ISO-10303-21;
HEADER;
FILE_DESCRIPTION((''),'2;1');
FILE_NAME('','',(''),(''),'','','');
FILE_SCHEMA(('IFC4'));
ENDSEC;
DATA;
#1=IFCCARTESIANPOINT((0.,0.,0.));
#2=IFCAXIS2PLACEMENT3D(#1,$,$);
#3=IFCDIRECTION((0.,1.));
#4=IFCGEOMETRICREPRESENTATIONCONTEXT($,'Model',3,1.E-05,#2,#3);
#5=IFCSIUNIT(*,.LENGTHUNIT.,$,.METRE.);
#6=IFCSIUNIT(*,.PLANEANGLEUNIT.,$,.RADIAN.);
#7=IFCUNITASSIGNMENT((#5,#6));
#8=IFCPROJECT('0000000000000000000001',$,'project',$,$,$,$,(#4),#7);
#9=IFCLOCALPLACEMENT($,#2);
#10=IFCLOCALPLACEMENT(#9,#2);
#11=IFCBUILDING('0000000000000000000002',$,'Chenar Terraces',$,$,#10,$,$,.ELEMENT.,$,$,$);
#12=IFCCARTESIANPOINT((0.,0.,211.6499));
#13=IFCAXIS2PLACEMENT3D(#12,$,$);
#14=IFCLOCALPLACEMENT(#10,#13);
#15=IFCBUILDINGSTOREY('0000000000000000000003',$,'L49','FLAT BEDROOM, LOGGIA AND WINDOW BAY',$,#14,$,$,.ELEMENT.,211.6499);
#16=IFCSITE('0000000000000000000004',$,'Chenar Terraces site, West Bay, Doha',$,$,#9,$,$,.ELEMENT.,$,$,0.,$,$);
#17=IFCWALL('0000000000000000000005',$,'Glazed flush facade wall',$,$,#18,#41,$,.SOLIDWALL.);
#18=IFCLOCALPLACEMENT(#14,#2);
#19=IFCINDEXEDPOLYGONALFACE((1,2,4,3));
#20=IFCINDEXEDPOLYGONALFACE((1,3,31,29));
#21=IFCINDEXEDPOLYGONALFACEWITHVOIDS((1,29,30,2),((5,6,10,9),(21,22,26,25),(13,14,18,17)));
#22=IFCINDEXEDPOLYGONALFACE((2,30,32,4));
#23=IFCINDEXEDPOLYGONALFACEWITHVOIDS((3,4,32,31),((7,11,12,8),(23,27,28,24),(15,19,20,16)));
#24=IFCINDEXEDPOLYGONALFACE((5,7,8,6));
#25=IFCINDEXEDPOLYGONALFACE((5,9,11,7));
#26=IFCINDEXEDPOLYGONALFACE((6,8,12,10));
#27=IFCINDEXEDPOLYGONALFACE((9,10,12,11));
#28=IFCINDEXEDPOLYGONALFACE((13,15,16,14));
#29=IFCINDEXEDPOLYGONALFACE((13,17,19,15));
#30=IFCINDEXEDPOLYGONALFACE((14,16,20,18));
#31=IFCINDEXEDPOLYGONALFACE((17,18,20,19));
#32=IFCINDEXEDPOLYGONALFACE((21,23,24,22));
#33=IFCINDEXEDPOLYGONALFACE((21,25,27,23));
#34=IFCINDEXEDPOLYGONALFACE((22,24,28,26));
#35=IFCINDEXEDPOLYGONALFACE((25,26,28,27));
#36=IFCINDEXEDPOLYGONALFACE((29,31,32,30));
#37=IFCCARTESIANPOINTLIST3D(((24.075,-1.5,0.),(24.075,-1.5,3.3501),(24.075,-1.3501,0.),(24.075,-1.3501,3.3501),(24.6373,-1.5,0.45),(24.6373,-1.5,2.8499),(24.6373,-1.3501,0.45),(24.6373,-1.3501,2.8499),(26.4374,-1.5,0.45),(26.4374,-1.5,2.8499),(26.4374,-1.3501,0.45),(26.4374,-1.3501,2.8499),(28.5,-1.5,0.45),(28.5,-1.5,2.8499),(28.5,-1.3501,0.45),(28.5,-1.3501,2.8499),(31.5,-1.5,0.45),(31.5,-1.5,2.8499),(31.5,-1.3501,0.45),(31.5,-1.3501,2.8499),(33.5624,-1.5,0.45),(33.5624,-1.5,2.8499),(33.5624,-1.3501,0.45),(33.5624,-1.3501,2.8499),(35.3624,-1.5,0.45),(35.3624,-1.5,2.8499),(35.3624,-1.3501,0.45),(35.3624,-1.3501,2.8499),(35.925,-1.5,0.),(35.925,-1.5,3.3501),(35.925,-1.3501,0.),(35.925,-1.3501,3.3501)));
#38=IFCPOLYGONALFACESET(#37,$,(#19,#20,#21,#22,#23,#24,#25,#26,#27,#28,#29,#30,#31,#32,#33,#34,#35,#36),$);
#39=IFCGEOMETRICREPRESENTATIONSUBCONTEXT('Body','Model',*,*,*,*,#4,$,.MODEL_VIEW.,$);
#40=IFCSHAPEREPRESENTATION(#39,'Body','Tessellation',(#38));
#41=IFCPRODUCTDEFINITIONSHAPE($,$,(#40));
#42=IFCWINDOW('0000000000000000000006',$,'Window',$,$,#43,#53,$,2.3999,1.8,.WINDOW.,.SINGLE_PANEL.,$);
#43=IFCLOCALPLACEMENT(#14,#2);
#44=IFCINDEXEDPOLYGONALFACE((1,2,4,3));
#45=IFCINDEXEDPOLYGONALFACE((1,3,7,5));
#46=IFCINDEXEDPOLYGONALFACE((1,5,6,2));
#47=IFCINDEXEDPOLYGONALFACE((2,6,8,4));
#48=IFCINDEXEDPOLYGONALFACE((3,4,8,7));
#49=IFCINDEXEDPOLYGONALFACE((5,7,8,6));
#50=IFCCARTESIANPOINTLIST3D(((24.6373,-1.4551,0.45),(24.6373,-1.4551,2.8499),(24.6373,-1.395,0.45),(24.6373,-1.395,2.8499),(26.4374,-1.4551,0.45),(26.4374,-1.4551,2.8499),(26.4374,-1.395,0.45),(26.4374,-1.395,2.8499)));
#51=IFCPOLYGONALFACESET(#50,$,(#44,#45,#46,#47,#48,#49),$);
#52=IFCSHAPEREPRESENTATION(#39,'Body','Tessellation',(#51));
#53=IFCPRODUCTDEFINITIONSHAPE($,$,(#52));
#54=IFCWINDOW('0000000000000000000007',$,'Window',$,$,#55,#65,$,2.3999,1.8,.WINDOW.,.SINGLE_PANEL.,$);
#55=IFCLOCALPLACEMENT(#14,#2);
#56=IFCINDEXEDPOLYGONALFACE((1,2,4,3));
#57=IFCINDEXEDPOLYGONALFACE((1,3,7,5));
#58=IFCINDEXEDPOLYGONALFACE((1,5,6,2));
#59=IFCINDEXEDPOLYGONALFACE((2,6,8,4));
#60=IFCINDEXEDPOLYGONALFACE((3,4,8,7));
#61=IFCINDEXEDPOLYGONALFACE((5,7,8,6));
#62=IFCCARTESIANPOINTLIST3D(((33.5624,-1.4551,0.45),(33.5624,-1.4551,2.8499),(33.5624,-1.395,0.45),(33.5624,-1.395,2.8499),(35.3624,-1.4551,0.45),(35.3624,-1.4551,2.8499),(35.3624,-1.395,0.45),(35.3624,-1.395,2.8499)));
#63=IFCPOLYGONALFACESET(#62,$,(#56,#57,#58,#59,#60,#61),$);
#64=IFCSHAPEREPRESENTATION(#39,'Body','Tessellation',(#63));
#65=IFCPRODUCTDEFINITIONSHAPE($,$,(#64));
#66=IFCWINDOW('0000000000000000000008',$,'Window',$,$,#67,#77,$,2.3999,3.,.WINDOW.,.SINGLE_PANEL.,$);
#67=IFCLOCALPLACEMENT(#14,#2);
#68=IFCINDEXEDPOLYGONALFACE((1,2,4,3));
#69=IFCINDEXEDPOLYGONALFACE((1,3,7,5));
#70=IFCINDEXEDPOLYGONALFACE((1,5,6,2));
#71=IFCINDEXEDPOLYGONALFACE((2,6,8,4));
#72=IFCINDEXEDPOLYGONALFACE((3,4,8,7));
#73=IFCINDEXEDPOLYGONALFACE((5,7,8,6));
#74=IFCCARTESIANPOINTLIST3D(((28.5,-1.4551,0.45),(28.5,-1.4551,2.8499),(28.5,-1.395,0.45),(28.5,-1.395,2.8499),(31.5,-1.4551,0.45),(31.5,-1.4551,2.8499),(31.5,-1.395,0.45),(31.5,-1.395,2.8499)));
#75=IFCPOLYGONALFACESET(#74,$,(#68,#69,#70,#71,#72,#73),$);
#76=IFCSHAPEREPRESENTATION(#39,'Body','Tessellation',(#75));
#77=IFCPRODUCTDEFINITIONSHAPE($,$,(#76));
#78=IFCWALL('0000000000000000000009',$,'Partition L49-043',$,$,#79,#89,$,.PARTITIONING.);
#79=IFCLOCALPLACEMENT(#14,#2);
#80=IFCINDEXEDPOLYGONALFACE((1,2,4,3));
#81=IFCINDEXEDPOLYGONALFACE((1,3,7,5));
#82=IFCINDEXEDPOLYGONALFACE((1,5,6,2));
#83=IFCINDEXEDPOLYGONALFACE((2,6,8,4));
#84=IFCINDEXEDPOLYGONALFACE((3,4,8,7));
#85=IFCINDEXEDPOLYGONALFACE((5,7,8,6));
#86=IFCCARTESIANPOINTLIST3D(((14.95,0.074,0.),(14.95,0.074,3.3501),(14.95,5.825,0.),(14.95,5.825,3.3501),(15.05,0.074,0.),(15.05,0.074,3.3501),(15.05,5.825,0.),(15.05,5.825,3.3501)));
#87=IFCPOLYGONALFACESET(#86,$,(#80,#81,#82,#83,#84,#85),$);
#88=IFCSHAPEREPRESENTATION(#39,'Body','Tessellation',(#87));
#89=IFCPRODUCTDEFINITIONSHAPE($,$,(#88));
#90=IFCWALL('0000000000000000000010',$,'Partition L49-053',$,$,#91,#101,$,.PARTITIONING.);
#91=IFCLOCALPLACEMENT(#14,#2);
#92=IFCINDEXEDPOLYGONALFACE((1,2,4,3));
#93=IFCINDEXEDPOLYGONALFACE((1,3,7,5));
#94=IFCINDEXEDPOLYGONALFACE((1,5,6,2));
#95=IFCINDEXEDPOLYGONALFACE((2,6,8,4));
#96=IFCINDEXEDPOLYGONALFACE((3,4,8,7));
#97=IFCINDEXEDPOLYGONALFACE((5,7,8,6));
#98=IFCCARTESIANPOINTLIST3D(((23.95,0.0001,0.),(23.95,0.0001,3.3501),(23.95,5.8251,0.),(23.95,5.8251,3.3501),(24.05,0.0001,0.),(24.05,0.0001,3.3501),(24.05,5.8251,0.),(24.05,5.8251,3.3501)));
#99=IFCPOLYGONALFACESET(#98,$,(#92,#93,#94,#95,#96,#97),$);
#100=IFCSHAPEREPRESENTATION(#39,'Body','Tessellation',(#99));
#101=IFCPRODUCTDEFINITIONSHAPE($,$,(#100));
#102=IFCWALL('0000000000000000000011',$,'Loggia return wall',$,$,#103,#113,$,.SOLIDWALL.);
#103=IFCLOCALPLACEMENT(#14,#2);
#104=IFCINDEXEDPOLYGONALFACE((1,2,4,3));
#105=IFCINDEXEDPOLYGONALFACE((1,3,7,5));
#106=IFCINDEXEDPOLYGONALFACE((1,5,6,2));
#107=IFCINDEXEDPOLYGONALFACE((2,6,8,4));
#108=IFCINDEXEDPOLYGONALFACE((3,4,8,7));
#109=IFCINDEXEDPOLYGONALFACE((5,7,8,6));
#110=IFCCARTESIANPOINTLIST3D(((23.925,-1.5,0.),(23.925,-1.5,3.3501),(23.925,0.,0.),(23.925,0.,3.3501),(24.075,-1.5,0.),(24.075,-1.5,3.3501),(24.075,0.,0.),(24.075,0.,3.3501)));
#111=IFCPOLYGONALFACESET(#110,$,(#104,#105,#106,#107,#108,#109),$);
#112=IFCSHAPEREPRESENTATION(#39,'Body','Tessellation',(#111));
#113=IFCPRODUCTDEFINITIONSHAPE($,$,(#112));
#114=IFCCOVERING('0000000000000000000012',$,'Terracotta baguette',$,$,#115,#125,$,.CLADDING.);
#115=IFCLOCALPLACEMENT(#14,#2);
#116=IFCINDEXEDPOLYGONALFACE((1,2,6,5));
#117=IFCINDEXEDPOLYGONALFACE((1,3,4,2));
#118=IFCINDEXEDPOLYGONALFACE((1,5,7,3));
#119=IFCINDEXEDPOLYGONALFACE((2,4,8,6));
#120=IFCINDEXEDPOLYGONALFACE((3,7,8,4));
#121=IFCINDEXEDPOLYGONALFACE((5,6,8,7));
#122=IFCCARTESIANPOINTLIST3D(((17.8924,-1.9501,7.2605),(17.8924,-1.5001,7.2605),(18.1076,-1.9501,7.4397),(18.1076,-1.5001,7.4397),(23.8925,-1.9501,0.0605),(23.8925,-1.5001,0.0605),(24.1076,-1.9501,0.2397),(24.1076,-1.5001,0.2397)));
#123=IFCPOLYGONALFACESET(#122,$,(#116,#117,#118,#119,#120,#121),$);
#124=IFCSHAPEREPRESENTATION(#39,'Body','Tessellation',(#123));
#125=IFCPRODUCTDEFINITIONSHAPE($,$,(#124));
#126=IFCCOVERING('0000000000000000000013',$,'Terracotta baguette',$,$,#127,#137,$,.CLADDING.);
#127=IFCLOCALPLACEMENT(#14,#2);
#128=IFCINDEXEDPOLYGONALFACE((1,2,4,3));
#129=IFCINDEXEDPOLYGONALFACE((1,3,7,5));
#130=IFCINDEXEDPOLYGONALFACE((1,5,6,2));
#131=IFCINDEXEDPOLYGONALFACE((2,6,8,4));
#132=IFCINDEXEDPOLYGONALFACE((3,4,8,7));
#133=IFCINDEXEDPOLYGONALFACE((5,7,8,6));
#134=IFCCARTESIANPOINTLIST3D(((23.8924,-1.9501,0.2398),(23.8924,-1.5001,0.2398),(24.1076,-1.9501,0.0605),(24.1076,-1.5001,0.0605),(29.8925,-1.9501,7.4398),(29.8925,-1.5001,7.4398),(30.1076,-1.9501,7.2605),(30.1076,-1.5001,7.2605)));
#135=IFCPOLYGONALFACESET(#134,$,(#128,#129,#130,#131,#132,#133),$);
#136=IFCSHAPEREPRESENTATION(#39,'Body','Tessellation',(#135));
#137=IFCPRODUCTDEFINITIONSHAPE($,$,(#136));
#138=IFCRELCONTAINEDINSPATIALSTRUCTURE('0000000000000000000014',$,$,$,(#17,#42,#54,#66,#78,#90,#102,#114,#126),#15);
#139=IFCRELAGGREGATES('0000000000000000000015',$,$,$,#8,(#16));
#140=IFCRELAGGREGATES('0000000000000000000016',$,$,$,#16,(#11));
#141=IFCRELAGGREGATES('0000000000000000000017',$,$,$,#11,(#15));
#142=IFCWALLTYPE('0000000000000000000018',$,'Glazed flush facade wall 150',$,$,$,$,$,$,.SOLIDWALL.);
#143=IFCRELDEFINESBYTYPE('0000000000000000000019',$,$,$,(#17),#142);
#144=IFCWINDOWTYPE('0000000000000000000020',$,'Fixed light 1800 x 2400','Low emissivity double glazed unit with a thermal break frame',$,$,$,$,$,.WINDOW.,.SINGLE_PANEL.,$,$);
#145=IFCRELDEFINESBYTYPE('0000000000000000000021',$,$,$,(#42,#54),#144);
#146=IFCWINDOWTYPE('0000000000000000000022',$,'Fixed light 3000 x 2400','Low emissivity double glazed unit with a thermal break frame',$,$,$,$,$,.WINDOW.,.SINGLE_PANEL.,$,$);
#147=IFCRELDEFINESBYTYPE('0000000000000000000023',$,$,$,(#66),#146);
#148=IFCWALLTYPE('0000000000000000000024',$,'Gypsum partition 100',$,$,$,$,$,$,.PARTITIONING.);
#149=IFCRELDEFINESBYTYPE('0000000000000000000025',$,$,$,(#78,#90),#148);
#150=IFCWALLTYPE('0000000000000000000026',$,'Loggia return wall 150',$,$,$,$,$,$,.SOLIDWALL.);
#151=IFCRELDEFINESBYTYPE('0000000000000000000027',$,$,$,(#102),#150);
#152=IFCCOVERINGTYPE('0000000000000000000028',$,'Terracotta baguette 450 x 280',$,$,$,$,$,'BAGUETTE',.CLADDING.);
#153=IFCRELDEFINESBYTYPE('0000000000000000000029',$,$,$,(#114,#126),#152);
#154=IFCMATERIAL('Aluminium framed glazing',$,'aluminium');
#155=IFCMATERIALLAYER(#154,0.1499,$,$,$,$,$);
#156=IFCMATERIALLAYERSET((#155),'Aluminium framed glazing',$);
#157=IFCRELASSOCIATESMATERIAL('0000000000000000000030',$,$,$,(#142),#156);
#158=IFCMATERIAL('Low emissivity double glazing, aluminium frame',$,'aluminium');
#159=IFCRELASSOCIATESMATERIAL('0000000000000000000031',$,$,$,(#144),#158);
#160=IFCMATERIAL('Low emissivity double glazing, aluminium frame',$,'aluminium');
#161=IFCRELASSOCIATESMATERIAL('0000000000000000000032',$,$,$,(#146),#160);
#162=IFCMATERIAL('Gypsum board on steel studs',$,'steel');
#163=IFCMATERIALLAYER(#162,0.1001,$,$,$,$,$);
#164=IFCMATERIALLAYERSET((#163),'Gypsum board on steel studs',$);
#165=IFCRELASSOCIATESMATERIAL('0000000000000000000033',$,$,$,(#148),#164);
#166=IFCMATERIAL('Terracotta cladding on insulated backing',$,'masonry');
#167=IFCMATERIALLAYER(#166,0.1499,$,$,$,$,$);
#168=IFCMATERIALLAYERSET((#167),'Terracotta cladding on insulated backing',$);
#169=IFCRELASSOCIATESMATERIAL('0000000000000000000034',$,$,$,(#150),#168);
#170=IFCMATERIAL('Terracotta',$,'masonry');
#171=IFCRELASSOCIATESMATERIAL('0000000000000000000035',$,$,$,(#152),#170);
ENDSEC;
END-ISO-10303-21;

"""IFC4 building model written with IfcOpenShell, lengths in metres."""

from ifc_helpers import new_model, si_unit, direction, frame, frame_2d, origin, origin_2d, place, context, subcontext, project, spatial, rectangle, extrude, material, layer, layer_set, material_profile, profile_set, type_object, element, fill, save


model = new_model("IFC4")

# Units and contexts
model_context = context("Model", 3, precision=1e-05, world=origin(), true_north=direction((0.0, 1.0)))
body_context = subcontext(model_context, "Body", "Model", "MODEL_VIEW")
ifc_project = project(units=[si_unit("LENGTHUNIT", "METRE"), si_unit("PLANEANGLEUNIT", "RADIAN")], contexts=[model_context])

# Site, building, storey
site_placement = place(None, origin())
site = spatial("IfcSite", under=ifc_project, at=site_placement, Name="Chenar Terraces site, West Bay, Doha", CompositionType="ELEMENT", RefElevation=0.0)
building_placement = place(site_placement, origin())
building = spatial("IfcBuilding", under=site, at=building_placement, Name="Chenar Terraces", CompositionType="ELEMENT")
storey_placement = place(building_placement, frame((0.0, 0.0, 211.6499)))
storey = spatial("IfcBuildingStorey", under=building, at=storey_placement, Name="L49", Description="FLAT BEDROOM, LOGGIA AND WINDOW BAY", CompositionType="ELEMENT", Elevation=211.6499)

# Wall, openings, windows
ifc_material_1 = material(Name="Aluminium framed glazing", Category="aluminium")
ifc_layer_1 = layer(ifc_material_1, 0.1499)
ifc_layer_set_1 = layer_set([ifc_layer_1], Name="Aluminium framed glazing")
wall_type_1 = type_object("IfcWallType", Name="Glazed flush facade wall 150", PredefinedType="SOLIDWALL", material=ifc_layer_set_1)
wall_1_placement = place(storey_placement, frame((24.075, -1.425, 0.0), z_axis=(0.0, 0.0, 1.0), x_axis=(1.0, 0.0, 0.0)))
wall_1 = element("IfcWall", 1, at=wall_1_placement, inside=storey, type_object=wall_type_1, Name="Glazed flush facade wall", PredefinedType="SOLIDWALL", context=body_context, shape_type="SweptSolid", body=[
    extrude(rectangle(XDim=11.8501, YDim=0.1499, at=frame_2d((5.925, 0.0))), origin(), (0.0, 0.0, 1.0), 3.3501),
])
opening_1_placement = place(wall_1_placement, frame((0.5625, 0.0, 0.45)))
opening_1 = element("IfcOpeningElement", 2, at=opening_1_placement, cuts=wall_1, PredefinedType="OPENING", context=body_context, shape_type="SweptSolid", body=[
    extrude(rectangle(XDim=1.8, YDim=2.3999, at=frame_2d((0.8999, 1.2))), frame((0.0, 0.085, 0.0), z_axis=(0.0, -1.0, 0.0), x_axis=(1.0, 0.0, 0.0)), (0.0, 0.0, 1.0), 0.1699),
])
opening_2_placement = place(wall_1_placement, frame((4.425, 0.0, 0.45)))
opening_2 = element("IfcOpeningElement", 3, at=opening_2_placement, cuts=wall_1, PredefinedType="OPENING", context=body_context, shape_type="SweptSolid", body=[
    extrude(rectangle(XDim=3.0, YDim=2.3999, at=frame_2d((1.5, 1.2))), frame((0.0, 0.085, 0.0), z_axis=(0.0, -1.0, 0.0), x_axis=(1.0, 0.0, 0.0)), (0.0, 0.0, 1.0), 0.1699),
])
opening_3_placement = place(wall_1_placement, frame((9.4875, 0.0, 0.45)))
opening_3 = element("IfcOpeningElement", 4, at=opening_3_placement, cuts=wall_1, PredefinedType="OPENING", context=body_context, shape_type="SweptSolid", body=[
    extrude(rectangle(XDim=1.8, YDim=2.3999, at=frame_2d((0.8999, 1.2))), frame((0.0, 0.085, 0.0), z_axis=(0.0, -1.0, 0.0), x_axis=(1.0, 0.0, 0.0)), (0.0, 0.0, 1.0), 0.1699),
])
ifc_material_2 = material(Name="Low emissivity double glazing, aluminium frame", Category="aluminium")
window_type_1 = type_object("IfcWindowType", Name="Fixed light 1800 x 2400", Description="Low emissivity double glazed unit with a thermal break frame", PartitioningType="SINGLE_PANEL", PredefinedType="WINDOW", material=ifc_material_2)
window_1_placement = place(opening_1_placement, origin())
window_1 = element("IfcWindow", 5, at=window_1_placement, inside=storey, type_object=window_type_1, Name="Window", OverallHeight=2.3999, OverallWidth=1.8, PartitioningType="SINGLE_PANEL", PredefinedType="WINDOW", context=body_context, shape_type="SweptSolid", body=[
    extrude(rectangle(XDim=1.8, YDim=2.3999, at=frame_2d((0.8999, 1.2))), frame((0.0, 0.03, 0.0), z_axis=(0.0, -1.0, 0.0), x_axis=(1.0, 0.0, 0.0)), (0.0, 0.0, 1.0), 0.0601),
])
fill(opening_1, window_1)
window_2_placement = place(opening_3_placement, origin())
window_2 = element("IfcWindow", 6, at=window_2_placement, inside=storey, type_object=window_type_1, Name="Window", OverallHeight=2.3999, OverallWidth=1.8, PartitioningType="SINGLE_PANEL", PredefinedType="WINDOW", context=body_context, shape_type="SweptSolid", body=[
    extrude(rectangle(XDim=1.8, YDim=2.3999, at=frame_2d((0.8999, 1.2))), frame((0.0, 0.03, 0.0), z_axis=(0.0, -1.0, 0.0), x_axis=(1.0, 0.0, 0.0)), (0.0, 0.0, 1.0), 0.0601),
])
fill(opening_3, window_2)
ifc_material_3 = material(Name="Low emissivity double glazing, aluminium frame", Category="aluminium")
window_type_2 = type_object("IfcWindowType", Name="Fixed light 3000 x 2400", Description="Low emissivity double glazed unit with a thermal break frame", PartitioningType="SINGLE_PANEL", PredefinedType="WINDOW", material=ifc_material_3)
window_3_placement = place(opening_2_placement, origin())
window_3 = element("IfcWindow", 7, at=window_3_placement, inside=storey, type_object=window_type_2, Name="Window", OverallHeight=2.3999, OverallWidth=3.0, PartitioningType="SINGLE_PANEL", PredefinedType="WINDOW", context=body_context, shape_type="SweptSolid", body=[
    extrude(rectangle(XDim=3.0, YDim=2.3999, at=frame_2d((1.5, 1.2))), frame((0.0, 0.03, 0.0), z_axis=(0.0, -1.0, 0.0), x_axis=(1.0, 0.0, 0.0)), (0.0, 0.0, 1.0), 0.0601),
])
fill(opening_2, window_3)

# Walls
ifc_material_4 = material(Name="Gypsum board on steel studs", Category="steel")
ifc_layer_2 = layer(ifc_material_4, 0.1001)
ifc_layer_set_2 = layer_set([ifc_layer_2], Name="Gypsum board on steel studs")
wall_type_2 = type_object("IfcWallType", Name="Gypsum partition 100", PredefinedType="PARTITIONING", material=ifc_layer_set_2)
wall_2_placement = place(storey_placement, frame((15.0, 0.074, 0.0), z_axis=(0.0, 0.0, 1.0), x_axis=(0.0, 1.0, 0.0)))
element("IfcWall", 8, at=wall_2_placement, inside=storey, type_object=wall_type_2, Name="Partition L49-043", PredefinedType="PARTITIONING", context=body_context, shape_type="SweptSolid", body=[
    extrude(rectangle(XDim=5.751, YDim=0.1001, at=frame_2d((2.8755, 0.0))), origin(), (0.0, 0.0, 1.0), 3.3501),
])
wall_3_placement = place(storey_placement, frame((24.0, 0.0, 0.0), z_axis=(0.0, 0.0, 1.0), x_axis=(0.0, 1.0, 0.0)))
element("IfcWall", 9, at=wall_3_placement, inside=storey, type_object=wall_type_2, Name="Partition L49-053", PredefinedType="PARTITIONING", context=body_context, shape_type="SweptSolid", body=[
    extrude(rectangle(XDim=5.825, YDim=0.1001, at=frame_2d((2.9126, 0.0))), origin(), (0.0, 0.0, 1.0), 3.3501),
])
ifc_material_5 = material(Name="Terracotta cladding on insulated backing", Category="masonry")
ifc_layer_3 = layer(ifc_material_5, 0.1499)
ifc_layer_set_3 = layer_set([ifc_layer_3], Name="Terracotta cladding on insulated backing")
wall_type_3 = type_object("IfcWallType", Name="Loggia return wall 150", PredefinedType="SOLIDWALL", material=ifc_layer_set_3)
wall_4_placement = place(storey_placement, frame((24.0, -1.5, 0.0), z_axis=(0.0, 0.0, 1.0), x_axis=(0.0, 1.0, 0.0)))
element("IfcWall", 10, at=wall_4_placement, inside=storey, type_object=wall_type_3, Name="Loggia return wall", PredefinedType="SOLIDWALL", context=body_context, shape_type="SweptSolid", body=[
    extrude(rectangle(XDim=1.5, YDim=0.1499, at=frame_2d((0.75, 0.0))), origin(), (0.0, 0.0, 1.0), 3.3501),
])

# Coverings
ifc_material_6 = material(Name="Terracotta", Category="masonry")
ifc_material_profile_1 = material_profile(ifc_material_6, rectangle(XDim=0.45, YDim=0.28, at=origin_2d()), Name="Terracotta baguette 450 x 280")
ifc_profile_set_1 = profile_set([ifc_material_profile_1], Name="Terracotta")
covering_type = type_object("IfcCoveringType", Name="Terracotta baguette 450 x 280", ElementType="BAGUETTE", PredefinedType="CLADDING", material=ifc_profile_set_1)
for number, where, z_axis, x_axis, name in (
    (11, (18.0, -1.7251, 7.3501), (0.640187, 0.0, -0.768219), (0.0, 1.0, 0.0), "Terracotta baguette"),
    (12, (24.0, -1.7251, 0.1501), (0.640187, 0.0, 0.768219), (0.0, 1.0, 0.0), "Terracotta baguette"),
):
    element("IfcCovering", number, at=place(storey_placement, frame(where, z_axis=z_axis, x_axis=x_axis)), inside=storey, type_object=covering_type, Name=name, PredefinedType="CLADDING", context=body_context, shape_type="SweptSolid", body=[
        extrude(rectangle(XDim=0.45, YDim=0.28, at=origin_2d()), origin(), (0.0, 0.0, 1.0), 9.3723),
    ])

save(model, "model.ifc")
